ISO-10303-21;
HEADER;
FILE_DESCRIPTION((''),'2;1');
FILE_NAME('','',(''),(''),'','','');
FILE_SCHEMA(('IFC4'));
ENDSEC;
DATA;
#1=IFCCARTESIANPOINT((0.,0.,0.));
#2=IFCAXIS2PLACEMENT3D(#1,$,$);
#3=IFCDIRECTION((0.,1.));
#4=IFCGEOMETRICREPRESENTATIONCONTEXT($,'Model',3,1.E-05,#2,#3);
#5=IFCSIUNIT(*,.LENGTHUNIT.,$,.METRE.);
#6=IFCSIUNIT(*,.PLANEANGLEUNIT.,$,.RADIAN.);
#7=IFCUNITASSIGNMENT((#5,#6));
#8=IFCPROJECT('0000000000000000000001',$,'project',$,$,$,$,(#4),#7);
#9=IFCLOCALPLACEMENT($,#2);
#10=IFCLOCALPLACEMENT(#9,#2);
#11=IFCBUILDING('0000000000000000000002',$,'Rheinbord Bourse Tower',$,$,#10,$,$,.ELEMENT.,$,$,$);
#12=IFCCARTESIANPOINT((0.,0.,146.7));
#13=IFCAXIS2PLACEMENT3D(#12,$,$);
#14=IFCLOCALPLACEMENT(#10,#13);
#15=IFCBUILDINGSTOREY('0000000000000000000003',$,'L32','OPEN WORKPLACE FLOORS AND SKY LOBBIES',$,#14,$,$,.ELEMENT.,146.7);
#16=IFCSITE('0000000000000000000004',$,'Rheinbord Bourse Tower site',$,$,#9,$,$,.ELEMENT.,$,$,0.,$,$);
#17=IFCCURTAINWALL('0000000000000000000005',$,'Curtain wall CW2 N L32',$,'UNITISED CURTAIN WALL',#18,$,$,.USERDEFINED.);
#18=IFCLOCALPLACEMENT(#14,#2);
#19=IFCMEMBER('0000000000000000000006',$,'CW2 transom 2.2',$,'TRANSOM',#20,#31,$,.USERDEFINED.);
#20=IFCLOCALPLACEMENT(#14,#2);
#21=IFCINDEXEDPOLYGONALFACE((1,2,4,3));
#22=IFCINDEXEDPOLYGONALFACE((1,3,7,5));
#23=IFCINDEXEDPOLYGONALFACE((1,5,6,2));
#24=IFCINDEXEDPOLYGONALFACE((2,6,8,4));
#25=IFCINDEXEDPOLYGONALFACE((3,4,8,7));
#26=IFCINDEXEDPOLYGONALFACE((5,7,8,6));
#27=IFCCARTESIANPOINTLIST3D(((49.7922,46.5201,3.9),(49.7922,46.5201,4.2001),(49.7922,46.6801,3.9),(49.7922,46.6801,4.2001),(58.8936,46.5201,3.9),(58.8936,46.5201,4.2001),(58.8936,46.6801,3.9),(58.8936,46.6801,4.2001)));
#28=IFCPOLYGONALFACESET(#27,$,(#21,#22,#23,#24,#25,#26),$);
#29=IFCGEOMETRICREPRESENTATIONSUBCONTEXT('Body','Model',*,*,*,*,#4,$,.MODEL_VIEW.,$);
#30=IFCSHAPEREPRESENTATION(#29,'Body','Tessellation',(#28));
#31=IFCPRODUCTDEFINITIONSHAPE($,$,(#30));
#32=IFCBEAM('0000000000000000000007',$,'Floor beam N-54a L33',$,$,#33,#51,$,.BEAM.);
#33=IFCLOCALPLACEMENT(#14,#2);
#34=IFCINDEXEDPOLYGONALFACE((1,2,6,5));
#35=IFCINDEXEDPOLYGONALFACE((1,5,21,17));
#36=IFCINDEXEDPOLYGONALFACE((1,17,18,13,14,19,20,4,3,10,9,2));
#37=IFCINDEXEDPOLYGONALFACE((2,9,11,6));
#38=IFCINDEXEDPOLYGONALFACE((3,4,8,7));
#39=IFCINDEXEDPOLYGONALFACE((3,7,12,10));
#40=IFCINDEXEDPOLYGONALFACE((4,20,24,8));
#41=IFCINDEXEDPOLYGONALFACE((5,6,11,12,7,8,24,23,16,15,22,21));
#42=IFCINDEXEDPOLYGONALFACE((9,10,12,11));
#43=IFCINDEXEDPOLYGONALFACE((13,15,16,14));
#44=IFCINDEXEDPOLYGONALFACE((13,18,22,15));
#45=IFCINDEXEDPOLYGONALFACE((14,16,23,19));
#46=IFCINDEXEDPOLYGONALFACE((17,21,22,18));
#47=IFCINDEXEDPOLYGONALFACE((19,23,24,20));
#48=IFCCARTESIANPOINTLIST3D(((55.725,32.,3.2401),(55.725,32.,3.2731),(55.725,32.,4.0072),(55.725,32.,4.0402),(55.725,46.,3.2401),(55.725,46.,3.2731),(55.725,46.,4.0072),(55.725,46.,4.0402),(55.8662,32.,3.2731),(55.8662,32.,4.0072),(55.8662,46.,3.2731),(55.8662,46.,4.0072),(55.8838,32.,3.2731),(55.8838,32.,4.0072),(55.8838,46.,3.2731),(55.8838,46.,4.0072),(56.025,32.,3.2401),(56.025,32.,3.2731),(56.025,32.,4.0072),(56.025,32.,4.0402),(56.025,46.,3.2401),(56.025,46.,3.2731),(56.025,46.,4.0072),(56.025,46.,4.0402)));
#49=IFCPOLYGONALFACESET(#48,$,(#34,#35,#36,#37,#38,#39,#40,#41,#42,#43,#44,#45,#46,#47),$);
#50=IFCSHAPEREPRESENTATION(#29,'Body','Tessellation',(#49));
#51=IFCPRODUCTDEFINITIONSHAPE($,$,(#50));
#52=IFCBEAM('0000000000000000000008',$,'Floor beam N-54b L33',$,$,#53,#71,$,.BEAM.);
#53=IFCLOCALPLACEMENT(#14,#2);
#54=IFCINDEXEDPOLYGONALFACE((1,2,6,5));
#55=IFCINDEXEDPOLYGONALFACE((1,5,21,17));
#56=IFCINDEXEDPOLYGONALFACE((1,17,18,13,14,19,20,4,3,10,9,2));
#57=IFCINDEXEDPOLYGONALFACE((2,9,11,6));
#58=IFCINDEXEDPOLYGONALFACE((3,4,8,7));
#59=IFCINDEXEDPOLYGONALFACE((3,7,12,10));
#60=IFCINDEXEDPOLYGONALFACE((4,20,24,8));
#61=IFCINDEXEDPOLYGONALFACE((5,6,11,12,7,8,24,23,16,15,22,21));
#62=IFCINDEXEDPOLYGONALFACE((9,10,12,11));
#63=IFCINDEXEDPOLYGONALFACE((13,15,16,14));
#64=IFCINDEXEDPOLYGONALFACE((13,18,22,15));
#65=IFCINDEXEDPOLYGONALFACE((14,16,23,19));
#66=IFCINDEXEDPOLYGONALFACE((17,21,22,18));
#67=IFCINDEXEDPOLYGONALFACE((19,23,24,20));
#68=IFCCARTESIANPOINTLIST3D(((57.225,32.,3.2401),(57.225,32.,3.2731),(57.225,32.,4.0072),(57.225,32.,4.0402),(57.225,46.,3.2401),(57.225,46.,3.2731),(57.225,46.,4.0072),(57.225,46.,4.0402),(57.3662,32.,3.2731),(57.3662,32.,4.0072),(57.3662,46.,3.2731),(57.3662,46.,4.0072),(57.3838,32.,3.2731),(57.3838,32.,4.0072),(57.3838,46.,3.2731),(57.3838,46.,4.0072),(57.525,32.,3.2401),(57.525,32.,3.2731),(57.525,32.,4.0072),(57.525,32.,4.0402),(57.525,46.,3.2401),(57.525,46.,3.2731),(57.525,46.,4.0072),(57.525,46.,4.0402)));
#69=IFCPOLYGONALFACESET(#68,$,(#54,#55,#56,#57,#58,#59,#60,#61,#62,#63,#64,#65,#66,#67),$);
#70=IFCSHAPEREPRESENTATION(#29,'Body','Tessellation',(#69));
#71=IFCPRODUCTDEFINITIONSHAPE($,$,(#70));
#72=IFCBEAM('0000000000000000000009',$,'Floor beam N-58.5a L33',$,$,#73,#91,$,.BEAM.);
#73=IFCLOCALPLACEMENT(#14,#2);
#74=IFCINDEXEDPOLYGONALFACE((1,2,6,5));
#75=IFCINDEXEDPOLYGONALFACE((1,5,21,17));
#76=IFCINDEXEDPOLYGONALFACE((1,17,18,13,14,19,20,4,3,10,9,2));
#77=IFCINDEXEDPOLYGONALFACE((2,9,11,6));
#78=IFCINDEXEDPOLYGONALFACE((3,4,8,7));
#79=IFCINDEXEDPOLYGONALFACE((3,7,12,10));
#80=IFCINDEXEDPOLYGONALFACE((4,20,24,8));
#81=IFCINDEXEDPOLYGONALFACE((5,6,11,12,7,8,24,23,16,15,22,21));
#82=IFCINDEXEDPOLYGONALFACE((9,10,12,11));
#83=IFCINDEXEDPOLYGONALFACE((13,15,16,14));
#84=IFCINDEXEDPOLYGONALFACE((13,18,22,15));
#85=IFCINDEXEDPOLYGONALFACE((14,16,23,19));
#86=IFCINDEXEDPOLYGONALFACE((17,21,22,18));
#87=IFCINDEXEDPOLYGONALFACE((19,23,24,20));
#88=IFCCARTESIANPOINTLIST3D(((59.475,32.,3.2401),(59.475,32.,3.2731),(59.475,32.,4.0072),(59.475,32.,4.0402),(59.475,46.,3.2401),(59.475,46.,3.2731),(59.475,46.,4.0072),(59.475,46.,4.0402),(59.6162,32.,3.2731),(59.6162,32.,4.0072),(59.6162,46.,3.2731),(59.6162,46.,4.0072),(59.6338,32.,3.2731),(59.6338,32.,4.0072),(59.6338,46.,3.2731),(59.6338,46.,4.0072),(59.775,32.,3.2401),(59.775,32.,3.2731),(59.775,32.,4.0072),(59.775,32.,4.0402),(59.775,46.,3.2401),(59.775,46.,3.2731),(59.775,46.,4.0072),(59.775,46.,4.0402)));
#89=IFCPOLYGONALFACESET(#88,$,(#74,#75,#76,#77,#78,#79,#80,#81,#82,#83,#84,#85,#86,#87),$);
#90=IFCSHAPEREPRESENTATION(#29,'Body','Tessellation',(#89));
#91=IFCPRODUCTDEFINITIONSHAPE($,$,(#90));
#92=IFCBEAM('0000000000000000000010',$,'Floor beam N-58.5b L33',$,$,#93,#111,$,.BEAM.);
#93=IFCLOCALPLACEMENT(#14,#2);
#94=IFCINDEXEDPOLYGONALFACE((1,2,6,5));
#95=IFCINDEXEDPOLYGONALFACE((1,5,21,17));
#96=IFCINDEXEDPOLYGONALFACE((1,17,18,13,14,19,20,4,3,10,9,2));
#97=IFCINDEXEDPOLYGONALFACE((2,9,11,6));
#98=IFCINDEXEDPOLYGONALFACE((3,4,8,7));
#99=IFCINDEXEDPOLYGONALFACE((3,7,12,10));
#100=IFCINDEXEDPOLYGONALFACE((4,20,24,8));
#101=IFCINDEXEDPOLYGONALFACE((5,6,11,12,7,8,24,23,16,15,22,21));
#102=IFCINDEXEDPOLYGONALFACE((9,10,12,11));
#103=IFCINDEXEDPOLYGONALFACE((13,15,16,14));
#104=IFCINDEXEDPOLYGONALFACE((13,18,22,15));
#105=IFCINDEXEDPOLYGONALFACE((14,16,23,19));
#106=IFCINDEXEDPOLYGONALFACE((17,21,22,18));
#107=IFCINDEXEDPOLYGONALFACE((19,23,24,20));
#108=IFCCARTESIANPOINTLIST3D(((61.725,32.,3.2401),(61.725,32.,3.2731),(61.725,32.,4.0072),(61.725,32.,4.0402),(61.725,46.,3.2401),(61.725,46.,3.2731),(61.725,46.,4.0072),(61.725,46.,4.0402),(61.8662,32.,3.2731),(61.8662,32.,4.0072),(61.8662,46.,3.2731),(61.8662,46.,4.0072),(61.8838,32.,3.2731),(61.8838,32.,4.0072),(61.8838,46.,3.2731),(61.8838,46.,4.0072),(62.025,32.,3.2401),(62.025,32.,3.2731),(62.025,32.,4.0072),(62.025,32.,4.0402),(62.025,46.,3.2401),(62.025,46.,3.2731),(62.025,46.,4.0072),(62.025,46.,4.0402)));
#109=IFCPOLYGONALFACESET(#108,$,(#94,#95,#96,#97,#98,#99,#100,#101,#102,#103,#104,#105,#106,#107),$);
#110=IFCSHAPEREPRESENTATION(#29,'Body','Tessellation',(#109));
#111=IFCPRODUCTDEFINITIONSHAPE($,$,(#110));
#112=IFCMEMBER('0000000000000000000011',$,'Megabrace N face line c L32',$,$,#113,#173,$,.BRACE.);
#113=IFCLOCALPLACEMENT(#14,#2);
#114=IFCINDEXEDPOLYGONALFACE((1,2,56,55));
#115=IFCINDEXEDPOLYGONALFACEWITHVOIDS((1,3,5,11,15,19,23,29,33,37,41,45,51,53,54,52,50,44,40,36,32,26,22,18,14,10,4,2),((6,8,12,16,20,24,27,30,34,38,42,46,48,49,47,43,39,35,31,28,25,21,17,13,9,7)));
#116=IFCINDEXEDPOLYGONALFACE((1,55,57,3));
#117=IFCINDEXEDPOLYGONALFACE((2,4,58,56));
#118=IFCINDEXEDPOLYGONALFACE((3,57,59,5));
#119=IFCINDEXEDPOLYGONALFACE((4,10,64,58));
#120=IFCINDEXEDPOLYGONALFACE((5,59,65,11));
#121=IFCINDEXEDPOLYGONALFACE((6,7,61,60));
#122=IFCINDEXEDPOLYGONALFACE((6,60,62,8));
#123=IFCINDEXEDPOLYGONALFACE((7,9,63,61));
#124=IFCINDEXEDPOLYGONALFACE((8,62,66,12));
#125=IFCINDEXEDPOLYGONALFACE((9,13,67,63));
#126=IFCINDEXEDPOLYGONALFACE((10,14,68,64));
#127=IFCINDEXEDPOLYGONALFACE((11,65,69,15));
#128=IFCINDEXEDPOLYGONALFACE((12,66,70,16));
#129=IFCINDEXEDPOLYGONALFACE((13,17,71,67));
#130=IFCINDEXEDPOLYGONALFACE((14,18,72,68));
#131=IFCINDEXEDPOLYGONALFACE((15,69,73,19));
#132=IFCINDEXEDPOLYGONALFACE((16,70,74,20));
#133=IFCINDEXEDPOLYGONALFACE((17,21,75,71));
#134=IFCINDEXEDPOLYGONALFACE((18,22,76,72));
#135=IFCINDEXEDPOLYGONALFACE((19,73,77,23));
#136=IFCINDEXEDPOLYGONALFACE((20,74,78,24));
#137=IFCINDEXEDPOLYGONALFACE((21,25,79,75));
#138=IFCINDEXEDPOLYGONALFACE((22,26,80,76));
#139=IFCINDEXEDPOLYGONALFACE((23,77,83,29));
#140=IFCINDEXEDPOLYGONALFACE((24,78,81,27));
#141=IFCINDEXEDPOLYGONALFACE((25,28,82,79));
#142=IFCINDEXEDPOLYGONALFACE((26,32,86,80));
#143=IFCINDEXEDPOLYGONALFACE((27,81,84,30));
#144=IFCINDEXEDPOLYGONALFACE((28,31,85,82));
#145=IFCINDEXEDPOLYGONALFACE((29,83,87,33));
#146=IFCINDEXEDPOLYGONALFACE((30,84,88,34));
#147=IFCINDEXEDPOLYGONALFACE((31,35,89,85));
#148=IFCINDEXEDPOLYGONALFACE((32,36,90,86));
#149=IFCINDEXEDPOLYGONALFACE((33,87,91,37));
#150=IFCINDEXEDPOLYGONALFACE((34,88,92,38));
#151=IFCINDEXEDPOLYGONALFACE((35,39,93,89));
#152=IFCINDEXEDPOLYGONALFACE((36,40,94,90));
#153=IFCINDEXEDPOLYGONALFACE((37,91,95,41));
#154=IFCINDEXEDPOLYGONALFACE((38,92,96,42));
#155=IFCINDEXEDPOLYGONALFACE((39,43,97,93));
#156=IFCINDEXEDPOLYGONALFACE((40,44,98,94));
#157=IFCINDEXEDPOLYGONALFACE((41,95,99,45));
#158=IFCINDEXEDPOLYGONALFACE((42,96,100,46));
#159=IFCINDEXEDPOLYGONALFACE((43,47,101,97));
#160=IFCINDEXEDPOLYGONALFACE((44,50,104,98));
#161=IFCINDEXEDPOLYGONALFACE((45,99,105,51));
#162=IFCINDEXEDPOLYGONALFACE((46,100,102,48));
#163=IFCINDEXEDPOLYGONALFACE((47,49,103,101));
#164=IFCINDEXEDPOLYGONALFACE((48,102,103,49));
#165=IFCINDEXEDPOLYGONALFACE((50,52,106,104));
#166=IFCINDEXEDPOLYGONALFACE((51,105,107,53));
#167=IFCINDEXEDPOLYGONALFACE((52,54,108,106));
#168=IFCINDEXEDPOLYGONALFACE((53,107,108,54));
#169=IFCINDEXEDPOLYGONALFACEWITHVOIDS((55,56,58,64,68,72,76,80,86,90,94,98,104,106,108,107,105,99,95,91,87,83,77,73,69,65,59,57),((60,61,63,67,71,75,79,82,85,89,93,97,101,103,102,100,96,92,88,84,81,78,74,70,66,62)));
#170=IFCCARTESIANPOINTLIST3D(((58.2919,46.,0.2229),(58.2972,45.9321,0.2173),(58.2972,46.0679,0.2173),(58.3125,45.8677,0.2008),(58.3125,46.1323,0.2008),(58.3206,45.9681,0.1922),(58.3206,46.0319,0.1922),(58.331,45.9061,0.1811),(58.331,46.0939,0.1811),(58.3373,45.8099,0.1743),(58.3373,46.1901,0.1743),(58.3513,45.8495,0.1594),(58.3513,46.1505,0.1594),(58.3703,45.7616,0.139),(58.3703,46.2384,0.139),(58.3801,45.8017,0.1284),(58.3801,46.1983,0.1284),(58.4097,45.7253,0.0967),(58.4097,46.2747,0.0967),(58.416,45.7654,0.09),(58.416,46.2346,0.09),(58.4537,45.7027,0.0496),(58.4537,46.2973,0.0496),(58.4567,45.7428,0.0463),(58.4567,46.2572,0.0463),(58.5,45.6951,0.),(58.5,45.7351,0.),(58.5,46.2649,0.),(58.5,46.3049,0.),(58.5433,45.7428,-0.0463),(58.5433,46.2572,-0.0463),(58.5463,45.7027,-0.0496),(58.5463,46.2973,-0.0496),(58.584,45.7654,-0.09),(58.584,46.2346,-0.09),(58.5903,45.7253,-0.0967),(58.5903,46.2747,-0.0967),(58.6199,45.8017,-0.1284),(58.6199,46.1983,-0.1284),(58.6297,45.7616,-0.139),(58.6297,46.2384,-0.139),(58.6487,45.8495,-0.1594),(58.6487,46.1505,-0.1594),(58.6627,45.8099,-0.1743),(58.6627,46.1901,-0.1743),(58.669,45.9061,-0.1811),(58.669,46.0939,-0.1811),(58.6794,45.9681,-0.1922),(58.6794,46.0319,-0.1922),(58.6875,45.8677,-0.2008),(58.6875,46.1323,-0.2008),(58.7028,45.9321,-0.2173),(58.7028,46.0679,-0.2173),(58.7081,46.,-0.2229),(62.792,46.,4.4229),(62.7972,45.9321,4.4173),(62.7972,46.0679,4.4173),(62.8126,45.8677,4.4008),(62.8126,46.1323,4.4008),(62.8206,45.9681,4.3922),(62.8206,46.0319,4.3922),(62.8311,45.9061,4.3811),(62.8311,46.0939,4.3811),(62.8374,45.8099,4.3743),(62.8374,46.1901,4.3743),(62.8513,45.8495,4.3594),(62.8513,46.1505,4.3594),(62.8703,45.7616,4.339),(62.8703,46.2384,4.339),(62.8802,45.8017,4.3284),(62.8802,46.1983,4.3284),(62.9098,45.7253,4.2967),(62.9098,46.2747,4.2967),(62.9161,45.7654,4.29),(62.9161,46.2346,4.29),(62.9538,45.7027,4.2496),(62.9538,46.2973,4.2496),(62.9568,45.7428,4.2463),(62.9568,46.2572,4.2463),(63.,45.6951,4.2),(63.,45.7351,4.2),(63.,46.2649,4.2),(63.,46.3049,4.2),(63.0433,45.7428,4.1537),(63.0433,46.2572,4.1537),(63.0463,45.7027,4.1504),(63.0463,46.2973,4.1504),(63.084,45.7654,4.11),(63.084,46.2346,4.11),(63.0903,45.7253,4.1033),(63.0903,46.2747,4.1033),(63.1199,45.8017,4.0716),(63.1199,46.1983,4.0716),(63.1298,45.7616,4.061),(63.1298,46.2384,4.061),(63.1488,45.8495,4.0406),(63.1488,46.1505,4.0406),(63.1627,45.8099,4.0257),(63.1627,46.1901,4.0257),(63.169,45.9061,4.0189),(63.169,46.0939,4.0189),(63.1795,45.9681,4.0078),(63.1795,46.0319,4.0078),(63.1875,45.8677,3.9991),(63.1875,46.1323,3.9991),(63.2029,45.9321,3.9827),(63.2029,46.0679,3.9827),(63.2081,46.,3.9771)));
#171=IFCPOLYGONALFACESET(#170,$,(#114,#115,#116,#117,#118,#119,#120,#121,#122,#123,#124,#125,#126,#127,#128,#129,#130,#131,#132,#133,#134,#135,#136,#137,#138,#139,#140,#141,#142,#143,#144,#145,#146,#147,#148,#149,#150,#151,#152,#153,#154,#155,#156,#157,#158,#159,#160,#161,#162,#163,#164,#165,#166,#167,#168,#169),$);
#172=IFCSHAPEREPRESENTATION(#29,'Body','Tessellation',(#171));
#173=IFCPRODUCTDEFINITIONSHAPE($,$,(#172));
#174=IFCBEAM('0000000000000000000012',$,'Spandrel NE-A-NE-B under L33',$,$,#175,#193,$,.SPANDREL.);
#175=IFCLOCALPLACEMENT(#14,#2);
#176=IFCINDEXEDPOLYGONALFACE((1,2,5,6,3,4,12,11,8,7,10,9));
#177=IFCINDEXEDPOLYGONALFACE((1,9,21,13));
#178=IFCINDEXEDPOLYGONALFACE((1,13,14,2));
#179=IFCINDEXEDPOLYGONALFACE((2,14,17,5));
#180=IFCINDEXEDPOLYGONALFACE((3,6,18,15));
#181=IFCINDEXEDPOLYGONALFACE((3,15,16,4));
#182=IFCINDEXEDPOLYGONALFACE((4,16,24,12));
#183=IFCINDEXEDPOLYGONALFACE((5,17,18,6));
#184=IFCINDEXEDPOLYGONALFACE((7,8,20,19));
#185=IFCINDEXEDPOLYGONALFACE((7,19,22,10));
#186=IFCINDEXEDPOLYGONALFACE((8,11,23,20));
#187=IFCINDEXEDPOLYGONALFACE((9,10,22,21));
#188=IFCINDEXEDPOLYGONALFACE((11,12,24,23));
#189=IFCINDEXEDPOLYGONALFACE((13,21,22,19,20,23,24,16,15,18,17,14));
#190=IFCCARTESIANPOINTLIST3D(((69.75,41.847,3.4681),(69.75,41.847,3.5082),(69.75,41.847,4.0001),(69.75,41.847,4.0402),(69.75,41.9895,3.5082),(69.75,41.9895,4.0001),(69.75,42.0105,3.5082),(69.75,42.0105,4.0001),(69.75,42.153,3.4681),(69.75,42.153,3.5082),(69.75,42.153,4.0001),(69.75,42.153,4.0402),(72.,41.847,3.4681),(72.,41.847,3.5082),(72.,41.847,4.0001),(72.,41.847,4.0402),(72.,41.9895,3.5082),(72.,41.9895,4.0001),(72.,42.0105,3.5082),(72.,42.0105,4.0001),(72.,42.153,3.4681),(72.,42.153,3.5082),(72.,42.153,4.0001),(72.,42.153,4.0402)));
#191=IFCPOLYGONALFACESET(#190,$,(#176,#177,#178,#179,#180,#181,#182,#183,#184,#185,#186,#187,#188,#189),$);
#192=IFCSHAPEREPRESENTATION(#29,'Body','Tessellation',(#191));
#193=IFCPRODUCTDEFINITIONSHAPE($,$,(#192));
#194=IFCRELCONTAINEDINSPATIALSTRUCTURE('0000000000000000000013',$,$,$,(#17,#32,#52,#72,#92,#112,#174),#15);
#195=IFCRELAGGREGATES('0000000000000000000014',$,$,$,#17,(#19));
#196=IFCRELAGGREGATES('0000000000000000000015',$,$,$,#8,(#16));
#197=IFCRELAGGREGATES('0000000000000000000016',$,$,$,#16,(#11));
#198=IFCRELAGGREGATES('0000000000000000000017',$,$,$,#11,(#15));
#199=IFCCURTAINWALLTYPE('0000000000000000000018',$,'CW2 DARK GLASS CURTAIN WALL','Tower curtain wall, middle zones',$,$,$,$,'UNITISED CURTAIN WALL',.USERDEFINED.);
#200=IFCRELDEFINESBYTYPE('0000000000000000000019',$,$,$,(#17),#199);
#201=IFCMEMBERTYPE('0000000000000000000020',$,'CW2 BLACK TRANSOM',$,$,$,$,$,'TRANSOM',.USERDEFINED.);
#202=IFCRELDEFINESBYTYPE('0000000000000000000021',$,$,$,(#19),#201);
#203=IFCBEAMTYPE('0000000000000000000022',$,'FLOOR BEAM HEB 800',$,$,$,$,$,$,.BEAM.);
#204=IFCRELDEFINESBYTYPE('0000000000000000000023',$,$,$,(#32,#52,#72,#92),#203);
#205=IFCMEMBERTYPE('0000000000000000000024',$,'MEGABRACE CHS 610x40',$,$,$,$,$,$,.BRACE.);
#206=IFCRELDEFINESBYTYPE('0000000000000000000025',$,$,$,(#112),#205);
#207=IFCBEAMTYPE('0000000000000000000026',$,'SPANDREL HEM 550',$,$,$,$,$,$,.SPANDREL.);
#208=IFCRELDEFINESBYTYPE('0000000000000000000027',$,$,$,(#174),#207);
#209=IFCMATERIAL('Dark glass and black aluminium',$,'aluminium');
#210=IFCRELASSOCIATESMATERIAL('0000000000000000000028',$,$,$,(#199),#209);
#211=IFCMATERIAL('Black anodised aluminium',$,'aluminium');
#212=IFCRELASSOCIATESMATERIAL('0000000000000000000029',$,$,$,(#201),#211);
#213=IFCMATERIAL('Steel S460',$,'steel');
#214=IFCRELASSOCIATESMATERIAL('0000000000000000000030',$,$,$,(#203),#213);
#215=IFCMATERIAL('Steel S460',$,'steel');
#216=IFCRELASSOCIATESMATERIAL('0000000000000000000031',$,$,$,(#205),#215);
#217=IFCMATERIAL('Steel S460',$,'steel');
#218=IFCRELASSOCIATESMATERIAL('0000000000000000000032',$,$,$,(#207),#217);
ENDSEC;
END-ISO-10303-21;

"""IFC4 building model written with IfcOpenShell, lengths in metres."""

from ifc_helpers import new_model, si_unit, direction, frame, origin, origin_2d, place, context, subcontext, project, spatial, rectangle, hollow_circle, i_section, extrude, material, material_profile, profile_set, type_object, element, aggregate, save


model = new_model("IFC4")

# Units and contexts
model_context = context("Model", 3, precision=1e-05, world=origin(), true_north=direction((0.0, 1.0)))
body_context = subcontext(model_context, "Body", "Model", "MODEL_VIEW")
ifc_project = project(units=[si_unit("LENGTHUNIT", "METRE"), si_unit("PLANEANGLEUNIT", "RADIAN")], contexts=[model_context])

# Site, building, storey
site_placement = place(None, origin())
site = spatial("IfcSite", under=ifc_project, at=site_placement, Name="Rheinbord Bourse Tower site", CompositionType="ELEMENT", RefElevation=0.0)
building_placement = place(site_placement, origin())
building = spatial("IfcBuilding", under=site, at=building_placement, Name="Rheinbord Bourse Tower", CompositionType="ELEMENT")
storey_placement = place(building_placement, frame((0.0, 0.0, 146.7)))
storey = spatial("IfcBuildingStorey", under=building, at=storey_placement, Name="L32", Description="OPEN WORKPLACE FLOORS AND SKY LOBBIES", CompositionType="ELEMENT", Elevation=146.7)

# Curtain wall
ifc_material_1 = material(Name="Dark glass and black aluminium", Category="aluminium")
curtain_wall_type = type_object("IfcCurtainWallType", Name="CW2 DARK GLASS CURTAIN WALL", Description="Tower curtain wall, middle zones", ElementType="UNITISED CURTAIN WALL", PredefinedType="USERDEFINED", material=ifc_material_1)
curtain_wall_1_placement = place(storey_placement, origin())
curtain_wall_1 = element("IfcCurtainWall", 1, at=curtain_wall_1_placement, inside=storey, type_object=curtain_wall_type, Name="Curtain wall CW2 N L32", ObjectType="UNITISED CURTAIN WALL", PredefinedType="USERDEFINED")

# Member
ifc_material_2 = material(Name="Black anodised aluminium", Category="aluminium")
ifc_material_profile_1 = material_profile(ifc_material_2, rectangle(XDim=0.1599, YDim=0.3, at=origin_2d()), Name="CW2 TRANSOM 300x160")
ifc_profile_set_1 = profile_set([ifc_material_profile_1], Name="Black anodised aluminium")
member_type_1 = type_object("IfcMemberType", Name="CW2 BLACK TRANSOM", ElementType="TRANSOM", PredefinedType="USERDEFINED", material=ifc_profile_set_1)
member_1_placement = place(storey_placement, frame((58.8936, 46.6001, 4.05), z_axis=(-1.0, 0.0, 0.0), x_axis=(0.0, -1.0, 0.0)))
member_1 = element("IfcMember", 2, at=member_1_placement, type_object=member_type_1, Name="CW2 transom 2.2", ObjectType="TRANSOM", PredefinedType="USERDEFINED", context=body_context, shape_type="SweptSolid", body=[
    extrude(rectangle(XDim=0.1599, YDim=0.3, at=origin_2d()), origin(), (0.0, 0.0, 1.0), 9.1013),
])

# Beams
ifc_material_3 = material(Name="Steel S460", Category="steel")
ifc_material_profile_2 = material_profile(ifc_material_3, i_section(OverallWidth=0.3, OverallDepth=0.8, WebThickness=0.0176, FlangeThickness=0.033, at=origin_2d()), Name="HEB 800")
ifc_profile_set_2 = profile_set([ifc_material_profile_2], Name="Steel S460")
beam_type_1 = type_object("IfcBeamType", Name="FLOOR BEAM HEB 800", PredefinedType="BEAM", material=ifc_profile_set_2)
for number, where, z_axis, x_axis, name in (
    (3, (55.875, 46.0, 3.6401), (0.0, -1.0, 0.0), (1.0, 0.0, 0.0), "Floor beam N-54a L33"),
    (4, (57.375, 46.0, 3.6401), (0.0, -1.0, 0.0), (1.0, 0.0, 0.0), "Floor beam N-54b L33"),
    (5, (59.625, 46.0, 3.6401), (0.0, -1.0, 0.0), (1.0, 0.0, 0.0), "Floor beam N-58.5a L33"),
    (6, (61.875, 46.0, 3.6401), (0.0, -1.0, 0.0), (1.0, 0.0, 0.0), "Floor beam N-58.5b L33"),
):
    element("IfcBeam", number, at=place(storey_placement, frame(where, z_axis=z_axis, x_axis=x_axis)), inside=storey, type_object=beam_type_1, Name=name, PredefinedType="BEAM", context=body_context, shape_type="SweptSolid", body=[
        extrude(i_section(OverallWidth=0.3, OverallDepth=0.8, WebThickness=0.0176, FlangeThickness=0.033, at=origin_2d()), origin(), (0.0, 0.0, 1.0), 14.0),
    ])

# Member
ifc_material_4 = material(Name="Steel S460", Category="steel")
ifc_material_profile_3 = material_profile(ifc_material_4, hollow_circle(Radius=0.3049, WallThickness=0.04, at=origin_2d()), Name="CHS 610x40")
ifc_profile_set_3 = profile_set([ifc_material_profile_3], Name="Steel S460")
member_type_2 = type_object("IfcMemberType", Name="MEGABRACE CHS 610x40", PredefinedType="BRACE", material=ifc_profile_set_3)
member_2_placement = place(storey_placement, frame((58.5, 46.0, 0.0), z_axis=(0.731059, 0.0, 0.682314), x_axis=(0.0, 1.0, 0.0)))
element("IfcMember", 7, at=member_2_placement, inside=storey, type_object=member_type_2, Name="Megabrace N face line c L32", PredefinedType="BRACE", context=body_context, shape_type="SweptSolid", body=[
    extrude(hollow_circle(Radius=0.3049, WallThickness=0.04, at=origin_2d()), origin(), (0.0, 0.0, 1.0), 6.1555),
])

# Beam
ifc_material_5 = material(Name="Steel S460", Category="steel")
ifc_material_profile_4 = material_profile(ifc_material_5, i_section(OverallWidth=0.3059, OverallDepth=0.572, WebThickness=0.021, FlangeThickness=0.04, at=origin_2d()), Name="HEM 550")
ifc_profile_set_4 = profile_set([ifc_material_profile_4], Name="Steel S460")
beam_type_2 = type_object("IfcBeamType", Name="SPANDREL HEM 550", PredefinedType="SPANDREL", material=ifc_profile_set_4)
for number, where, z_axis, x_axis, name in (
    (8, (72.0, 42.0, 3.7542), (-1.0, 0.0, 0.0), (0.0, -1.0, 0.0), "Spandrel NE-A-NE-B under L33"),
):
    element("IfcBeam", number, at=place(storey_placement, frame(where, z_axis=z_axis, x_axis=x_axis)), inside=storey, type_object=beam_type_2, Name=name, PredefinedType="SPANDREL", context=body_context, shape_type="SweptSolid", body=[
        extrude(i_section(OverallWidth=0.3059, OverallDepth=0.572, WebThickness=0.021, FlangeThickness=0.04, at=origin_2d()), origin(), (0.0, 0.0, 1.0), 2.25),
    ])

aggregate(curtain_wall_1, [member_1])

save(model, "model.ifc")
